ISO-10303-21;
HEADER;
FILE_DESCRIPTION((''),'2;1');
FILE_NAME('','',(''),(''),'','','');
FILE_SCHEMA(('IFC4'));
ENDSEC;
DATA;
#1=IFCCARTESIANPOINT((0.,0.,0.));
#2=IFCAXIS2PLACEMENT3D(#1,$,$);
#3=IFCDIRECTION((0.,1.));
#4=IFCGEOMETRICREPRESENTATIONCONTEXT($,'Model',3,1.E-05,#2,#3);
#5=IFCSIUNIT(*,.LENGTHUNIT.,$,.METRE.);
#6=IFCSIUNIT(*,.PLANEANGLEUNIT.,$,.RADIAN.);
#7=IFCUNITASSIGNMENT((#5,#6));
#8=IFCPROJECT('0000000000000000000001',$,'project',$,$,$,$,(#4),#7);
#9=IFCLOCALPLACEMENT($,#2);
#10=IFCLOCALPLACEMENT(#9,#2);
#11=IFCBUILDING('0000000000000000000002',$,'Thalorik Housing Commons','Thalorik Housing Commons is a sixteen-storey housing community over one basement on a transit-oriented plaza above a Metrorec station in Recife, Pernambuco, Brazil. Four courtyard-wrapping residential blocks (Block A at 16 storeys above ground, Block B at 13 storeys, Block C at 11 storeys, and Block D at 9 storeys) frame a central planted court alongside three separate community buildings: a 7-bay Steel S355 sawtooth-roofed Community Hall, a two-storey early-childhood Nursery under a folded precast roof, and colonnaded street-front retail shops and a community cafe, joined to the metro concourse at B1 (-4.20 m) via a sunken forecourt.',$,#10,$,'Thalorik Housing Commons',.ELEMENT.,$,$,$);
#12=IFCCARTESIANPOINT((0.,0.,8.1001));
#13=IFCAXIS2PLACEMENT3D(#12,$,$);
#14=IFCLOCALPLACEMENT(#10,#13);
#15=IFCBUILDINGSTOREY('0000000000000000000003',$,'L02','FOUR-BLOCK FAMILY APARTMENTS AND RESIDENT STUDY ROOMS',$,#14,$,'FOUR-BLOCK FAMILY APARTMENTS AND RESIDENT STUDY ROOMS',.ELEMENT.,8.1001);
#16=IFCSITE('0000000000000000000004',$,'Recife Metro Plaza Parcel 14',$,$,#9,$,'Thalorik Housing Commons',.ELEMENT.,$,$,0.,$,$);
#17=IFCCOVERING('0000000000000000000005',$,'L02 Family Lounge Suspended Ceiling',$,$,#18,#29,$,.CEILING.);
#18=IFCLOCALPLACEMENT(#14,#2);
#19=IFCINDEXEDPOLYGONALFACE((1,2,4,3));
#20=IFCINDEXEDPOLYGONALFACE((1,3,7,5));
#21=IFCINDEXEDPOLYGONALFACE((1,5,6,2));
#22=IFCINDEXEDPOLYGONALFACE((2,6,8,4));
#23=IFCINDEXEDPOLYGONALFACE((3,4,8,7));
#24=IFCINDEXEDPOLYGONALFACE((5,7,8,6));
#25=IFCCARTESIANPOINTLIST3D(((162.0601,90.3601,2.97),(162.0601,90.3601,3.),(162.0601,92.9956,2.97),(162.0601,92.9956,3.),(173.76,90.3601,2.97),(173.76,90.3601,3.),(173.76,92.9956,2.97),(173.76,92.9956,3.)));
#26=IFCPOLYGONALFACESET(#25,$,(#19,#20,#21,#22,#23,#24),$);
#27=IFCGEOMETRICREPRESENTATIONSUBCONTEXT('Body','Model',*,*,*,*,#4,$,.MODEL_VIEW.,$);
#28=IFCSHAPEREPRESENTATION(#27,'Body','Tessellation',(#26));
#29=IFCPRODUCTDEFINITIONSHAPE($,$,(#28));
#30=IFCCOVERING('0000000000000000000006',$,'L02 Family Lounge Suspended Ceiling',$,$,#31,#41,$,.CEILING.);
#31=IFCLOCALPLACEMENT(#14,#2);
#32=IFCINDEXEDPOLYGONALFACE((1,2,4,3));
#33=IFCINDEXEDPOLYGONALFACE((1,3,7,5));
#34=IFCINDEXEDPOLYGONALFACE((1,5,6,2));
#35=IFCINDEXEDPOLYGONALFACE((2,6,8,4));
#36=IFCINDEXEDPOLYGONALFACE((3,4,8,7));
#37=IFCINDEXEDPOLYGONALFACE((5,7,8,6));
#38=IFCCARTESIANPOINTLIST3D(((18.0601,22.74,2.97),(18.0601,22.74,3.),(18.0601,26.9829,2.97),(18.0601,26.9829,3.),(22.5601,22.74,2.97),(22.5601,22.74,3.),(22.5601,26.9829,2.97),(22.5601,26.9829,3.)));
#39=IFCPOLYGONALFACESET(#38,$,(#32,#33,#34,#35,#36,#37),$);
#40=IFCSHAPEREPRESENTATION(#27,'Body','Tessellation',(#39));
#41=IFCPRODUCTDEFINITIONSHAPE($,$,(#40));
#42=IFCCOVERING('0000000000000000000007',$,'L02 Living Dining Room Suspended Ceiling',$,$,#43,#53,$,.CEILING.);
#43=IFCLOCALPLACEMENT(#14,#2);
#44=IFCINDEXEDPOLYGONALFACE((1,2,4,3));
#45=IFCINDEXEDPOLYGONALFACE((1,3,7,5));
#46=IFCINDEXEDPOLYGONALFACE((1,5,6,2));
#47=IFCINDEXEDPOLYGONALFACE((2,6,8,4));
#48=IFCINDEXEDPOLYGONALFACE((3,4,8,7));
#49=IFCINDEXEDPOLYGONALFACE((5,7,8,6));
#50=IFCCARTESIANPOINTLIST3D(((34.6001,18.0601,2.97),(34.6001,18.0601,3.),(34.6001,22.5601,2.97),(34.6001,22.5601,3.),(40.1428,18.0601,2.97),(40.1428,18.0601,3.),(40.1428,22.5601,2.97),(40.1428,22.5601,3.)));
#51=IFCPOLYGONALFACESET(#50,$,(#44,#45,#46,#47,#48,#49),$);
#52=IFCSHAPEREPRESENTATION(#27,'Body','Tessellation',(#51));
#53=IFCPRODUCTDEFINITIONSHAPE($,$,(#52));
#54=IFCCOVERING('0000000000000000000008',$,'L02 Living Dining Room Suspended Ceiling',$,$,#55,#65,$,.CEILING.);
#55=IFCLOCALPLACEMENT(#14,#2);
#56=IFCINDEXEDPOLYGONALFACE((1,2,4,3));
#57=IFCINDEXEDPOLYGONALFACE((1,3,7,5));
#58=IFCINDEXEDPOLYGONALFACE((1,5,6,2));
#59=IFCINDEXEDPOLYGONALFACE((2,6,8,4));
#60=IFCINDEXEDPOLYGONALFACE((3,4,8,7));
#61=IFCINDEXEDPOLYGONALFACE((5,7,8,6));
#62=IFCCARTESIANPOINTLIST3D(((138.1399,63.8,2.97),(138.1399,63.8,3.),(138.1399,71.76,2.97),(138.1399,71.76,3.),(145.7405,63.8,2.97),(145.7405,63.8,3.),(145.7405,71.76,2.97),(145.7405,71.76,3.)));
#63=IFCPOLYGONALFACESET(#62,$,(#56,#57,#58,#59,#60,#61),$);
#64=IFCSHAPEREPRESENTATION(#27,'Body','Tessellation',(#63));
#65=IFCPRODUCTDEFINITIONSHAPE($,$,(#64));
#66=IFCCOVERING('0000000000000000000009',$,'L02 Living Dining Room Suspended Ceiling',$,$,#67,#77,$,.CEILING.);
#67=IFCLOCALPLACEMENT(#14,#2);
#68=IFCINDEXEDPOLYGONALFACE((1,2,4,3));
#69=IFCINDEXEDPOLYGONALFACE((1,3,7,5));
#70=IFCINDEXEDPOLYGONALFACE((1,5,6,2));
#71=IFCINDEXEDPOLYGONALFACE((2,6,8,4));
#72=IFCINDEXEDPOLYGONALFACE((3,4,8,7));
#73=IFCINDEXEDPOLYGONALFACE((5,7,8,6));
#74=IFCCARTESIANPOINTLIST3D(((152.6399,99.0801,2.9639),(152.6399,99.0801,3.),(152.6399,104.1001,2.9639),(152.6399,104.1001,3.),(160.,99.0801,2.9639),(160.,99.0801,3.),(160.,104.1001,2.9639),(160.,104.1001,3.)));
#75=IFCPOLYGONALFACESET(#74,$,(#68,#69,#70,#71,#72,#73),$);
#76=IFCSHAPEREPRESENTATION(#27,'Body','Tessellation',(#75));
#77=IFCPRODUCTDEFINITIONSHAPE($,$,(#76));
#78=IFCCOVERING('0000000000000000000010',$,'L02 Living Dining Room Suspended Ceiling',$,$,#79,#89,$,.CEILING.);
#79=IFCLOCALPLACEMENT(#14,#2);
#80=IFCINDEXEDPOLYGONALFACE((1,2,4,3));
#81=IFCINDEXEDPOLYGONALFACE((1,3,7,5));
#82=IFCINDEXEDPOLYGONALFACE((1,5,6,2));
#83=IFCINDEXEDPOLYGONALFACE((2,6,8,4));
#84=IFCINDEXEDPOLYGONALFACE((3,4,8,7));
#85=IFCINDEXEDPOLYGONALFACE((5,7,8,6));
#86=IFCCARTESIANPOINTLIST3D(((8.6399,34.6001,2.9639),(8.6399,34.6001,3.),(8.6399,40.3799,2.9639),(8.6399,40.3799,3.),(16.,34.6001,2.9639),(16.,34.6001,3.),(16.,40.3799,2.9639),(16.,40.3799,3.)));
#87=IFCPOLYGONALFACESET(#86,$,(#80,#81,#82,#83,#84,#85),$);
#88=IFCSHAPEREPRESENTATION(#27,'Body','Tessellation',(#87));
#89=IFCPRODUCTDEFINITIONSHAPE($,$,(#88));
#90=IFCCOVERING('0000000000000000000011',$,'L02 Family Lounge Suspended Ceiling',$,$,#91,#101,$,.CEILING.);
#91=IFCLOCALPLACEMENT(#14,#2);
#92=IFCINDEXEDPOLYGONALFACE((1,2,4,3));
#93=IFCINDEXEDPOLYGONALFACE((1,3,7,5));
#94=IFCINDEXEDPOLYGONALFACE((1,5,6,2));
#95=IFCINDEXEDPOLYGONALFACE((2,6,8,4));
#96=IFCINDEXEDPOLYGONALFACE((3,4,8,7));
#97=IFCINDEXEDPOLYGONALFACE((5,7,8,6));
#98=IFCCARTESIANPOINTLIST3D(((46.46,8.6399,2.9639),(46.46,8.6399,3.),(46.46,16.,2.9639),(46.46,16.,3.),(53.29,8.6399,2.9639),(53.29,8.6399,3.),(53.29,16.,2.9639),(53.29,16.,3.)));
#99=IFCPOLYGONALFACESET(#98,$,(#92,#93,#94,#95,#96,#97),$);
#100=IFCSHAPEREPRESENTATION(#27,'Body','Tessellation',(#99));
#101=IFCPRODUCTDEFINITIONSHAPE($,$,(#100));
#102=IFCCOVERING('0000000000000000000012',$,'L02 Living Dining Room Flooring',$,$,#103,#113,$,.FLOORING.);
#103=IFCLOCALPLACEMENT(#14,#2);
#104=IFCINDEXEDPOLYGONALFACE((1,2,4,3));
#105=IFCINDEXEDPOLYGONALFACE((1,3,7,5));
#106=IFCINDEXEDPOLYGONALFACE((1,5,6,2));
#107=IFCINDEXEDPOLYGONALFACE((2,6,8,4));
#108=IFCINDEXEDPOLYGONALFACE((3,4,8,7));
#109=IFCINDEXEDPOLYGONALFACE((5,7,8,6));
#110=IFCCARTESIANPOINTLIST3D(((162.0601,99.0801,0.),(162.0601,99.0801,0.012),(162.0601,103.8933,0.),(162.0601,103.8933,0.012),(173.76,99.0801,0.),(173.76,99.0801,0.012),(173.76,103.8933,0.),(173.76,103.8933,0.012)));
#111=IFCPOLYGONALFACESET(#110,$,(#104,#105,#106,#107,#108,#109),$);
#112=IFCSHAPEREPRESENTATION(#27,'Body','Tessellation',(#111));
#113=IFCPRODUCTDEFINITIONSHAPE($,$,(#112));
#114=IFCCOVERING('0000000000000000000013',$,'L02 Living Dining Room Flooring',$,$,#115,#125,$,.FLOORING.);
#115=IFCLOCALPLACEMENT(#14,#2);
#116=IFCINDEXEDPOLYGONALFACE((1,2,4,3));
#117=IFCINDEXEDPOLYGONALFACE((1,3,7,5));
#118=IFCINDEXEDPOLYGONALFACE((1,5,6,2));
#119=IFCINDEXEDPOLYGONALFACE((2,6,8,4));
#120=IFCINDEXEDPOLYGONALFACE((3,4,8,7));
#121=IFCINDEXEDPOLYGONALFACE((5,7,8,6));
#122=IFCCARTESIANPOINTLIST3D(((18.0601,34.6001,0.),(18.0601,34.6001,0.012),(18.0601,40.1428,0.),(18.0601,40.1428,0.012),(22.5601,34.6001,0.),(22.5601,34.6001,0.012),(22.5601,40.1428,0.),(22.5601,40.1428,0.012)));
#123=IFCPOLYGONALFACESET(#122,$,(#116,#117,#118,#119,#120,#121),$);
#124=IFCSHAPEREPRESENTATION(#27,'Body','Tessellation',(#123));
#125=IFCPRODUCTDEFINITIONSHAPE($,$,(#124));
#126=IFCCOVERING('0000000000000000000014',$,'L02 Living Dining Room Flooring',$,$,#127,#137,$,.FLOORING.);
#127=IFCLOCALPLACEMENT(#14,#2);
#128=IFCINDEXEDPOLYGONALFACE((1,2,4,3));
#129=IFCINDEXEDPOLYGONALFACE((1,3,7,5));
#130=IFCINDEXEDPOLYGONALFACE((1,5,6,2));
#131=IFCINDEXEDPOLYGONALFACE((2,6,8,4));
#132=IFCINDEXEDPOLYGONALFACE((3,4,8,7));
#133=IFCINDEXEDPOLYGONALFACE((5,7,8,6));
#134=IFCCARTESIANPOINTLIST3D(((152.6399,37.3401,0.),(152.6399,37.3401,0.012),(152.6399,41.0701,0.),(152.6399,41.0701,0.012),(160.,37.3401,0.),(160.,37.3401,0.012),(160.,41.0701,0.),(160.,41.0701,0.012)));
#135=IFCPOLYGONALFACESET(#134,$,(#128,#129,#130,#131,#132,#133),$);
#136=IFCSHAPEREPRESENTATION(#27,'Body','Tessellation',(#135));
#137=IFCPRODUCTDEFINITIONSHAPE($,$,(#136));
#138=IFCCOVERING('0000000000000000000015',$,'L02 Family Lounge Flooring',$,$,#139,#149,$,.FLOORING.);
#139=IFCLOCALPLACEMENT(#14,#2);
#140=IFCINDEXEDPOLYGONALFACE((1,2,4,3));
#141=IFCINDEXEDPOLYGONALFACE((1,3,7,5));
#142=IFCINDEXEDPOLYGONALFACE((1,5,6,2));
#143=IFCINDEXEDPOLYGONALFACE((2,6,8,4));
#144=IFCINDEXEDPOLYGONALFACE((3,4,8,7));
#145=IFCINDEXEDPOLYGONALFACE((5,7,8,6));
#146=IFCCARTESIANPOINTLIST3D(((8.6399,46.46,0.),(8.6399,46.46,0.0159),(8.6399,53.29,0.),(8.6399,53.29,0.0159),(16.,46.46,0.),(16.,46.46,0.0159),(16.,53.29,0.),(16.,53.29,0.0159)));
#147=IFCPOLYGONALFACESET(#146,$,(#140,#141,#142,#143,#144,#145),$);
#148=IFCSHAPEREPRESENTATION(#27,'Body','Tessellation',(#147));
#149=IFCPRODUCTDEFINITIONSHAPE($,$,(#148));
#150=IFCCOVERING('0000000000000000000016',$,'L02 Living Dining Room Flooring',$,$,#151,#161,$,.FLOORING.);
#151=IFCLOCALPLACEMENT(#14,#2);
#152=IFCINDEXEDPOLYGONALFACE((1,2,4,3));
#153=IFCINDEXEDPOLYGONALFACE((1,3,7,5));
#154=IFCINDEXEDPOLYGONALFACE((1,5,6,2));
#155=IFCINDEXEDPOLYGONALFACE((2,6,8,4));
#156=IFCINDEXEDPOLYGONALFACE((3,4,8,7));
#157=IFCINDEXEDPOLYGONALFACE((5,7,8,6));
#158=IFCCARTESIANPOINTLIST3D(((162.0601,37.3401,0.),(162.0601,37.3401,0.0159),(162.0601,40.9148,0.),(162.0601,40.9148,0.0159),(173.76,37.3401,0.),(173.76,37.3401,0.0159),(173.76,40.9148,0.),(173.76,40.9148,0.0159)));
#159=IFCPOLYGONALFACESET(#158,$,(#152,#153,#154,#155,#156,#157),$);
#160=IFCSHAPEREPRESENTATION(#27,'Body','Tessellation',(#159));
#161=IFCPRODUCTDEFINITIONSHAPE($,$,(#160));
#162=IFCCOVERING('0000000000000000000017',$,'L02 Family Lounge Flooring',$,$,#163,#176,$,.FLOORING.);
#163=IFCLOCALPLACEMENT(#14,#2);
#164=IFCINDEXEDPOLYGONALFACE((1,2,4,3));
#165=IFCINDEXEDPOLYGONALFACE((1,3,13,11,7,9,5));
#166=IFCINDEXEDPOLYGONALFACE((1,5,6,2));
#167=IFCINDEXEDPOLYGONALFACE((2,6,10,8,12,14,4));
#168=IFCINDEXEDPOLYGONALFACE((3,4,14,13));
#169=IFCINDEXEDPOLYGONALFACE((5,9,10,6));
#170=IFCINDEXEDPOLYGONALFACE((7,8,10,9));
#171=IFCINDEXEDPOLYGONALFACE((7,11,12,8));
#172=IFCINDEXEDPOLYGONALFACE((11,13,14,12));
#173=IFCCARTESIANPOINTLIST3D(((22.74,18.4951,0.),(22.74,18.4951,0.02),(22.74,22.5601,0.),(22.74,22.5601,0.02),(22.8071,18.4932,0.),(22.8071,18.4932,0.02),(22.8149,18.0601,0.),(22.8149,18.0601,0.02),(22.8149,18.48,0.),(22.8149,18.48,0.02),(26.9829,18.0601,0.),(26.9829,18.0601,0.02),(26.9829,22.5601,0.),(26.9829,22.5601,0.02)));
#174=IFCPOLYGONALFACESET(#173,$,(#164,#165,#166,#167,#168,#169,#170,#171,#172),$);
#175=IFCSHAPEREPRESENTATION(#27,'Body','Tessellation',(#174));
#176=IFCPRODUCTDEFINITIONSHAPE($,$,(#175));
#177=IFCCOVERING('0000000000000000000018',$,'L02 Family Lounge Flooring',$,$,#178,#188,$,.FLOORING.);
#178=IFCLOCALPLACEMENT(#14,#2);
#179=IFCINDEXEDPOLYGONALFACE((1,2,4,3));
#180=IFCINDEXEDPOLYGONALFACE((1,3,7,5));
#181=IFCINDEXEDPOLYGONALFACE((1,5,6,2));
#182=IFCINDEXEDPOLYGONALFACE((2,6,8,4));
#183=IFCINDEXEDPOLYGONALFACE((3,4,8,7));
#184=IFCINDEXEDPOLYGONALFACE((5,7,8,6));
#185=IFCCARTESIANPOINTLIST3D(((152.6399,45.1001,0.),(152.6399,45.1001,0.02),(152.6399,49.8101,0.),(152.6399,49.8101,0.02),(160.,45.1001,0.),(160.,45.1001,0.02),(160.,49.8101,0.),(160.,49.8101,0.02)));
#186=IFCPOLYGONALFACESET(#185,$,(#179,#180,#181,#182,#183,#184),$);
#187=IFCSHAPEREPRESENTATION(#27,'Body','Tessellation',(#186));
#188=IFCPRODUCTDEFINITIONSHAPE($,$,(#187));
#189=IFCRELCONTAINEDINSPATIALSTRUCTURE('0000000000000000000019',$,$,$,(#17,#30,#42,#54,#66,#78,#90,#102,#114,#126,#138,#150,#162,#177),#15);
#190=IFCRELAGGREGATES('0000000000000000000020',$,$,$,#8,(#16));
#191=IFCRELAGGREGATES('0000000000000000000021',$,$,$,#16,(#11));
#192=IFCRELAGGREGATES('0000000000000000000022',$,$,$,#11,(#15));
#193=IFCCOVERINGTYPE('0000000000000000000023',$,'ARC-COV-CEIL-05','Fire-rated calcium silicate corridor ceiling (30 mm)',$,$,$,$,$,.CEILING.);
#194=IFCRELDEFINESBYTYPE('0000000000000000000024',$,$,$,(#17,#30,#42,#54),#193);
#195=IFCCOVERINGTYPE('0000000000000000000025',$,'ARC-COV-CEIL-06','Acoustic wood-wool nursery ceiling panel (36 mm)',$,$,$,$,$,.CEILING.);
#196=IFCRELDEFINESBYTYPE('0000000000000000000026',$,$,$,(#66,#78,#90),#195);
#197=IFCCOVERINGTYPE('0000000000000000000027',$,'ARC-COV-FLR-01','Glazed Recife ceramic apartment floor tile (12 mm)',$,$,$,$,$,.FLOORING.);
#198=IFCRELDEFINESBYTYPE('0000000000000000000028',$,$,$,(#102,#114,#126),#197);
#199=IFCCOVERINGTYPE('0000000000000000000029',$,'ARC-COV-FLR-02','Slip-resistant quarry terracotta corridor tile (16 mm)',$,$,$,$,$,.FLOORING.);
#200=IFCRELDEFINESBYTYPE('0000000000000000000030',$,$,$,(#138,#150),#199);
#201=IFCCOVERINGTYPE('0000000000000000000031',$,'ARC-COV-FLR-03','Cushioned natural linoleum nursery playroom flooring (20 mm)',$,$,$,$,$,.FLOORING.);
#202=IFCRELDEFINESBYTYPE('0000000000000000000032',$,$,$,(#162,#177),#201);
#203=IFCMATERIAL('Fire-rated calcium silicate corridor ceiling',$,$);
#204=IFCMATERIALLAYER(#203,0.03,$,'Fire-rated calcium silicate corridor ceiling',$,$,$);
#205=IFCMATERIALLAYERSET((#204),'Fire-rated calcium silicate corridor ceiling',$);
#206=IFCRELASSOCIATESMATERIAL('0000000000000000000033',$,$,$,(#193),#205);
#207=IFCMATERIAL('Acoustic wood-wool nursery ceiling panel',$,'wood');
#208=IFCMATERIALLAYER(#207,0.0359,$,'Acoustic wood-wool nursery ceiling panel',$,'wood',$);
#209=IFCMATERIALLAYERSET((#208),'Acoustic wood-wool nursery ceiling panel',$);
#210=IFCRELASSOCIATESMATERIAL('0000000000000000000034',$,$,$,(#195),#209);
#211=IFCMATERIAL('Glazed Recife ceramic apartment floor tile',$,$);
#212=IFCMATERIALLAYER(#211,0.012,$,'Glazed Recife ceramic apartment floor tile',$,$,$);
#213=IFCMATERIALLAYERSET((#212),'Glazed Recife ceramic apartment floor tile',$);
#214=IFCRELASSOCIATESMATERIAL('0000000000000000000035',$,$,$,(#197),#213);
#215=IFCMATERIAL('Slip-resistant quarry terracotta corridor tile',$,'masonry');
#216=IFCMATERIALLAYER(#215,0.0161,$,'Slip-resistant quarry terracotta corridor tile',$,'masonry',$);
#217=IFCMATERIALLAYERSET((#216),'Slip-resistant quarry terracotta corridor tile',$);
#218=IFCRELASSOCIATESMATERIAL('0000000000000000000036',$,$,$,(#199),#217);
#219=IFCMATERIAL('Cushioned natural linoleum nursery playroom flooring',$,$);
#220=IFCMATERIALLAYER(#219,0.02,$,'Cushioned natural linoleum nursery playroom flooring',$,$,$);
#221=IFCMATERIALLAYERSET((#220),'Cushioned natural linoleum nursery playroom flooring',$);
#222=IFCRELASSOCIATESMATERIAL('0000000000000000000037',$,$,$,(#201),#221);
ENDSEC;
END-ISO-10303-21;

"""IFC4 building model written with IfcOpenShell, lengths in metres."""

from ifc_helpers import new_model, si_unit, direction, frame, origin, place, context, subcontext, project, spatial, polyline, outline, extrude, material, layer, layer_set, type_object, element, save


model = new_model("IFC4")

# Units and contexts
model_context = context("Model", 3, precision=1e-05, world=origin(), true_north=direction((0.0, 1.0)))
body_context = subcontext(model_context, "Body", "Model", "MODEL_VIEW")
ifc_project = project(units=[si_unit("LENGTHUNIT", "METRE"), si_unit("PLANEANGLEUNIT", "RADIAN")], contexts=[model_context])

# Site, building, storey
site_placement = place(None, origin())
site = spatial("IfcSite", under=ifc_project, at=site_placement, Name="Recife Metro Plaza Parcel 14", LongName="Thalorik Housing Commons", CompositionType="ELEMENT", RefElevation=0.0)
building_placement = place(site_placement, origin())
building = spatial("IfcBuilding", under=site, at=building_placement, Name="Thalorik Housing Commons", Description="Thalorik Housing Commons is a sixteen-storey housing community over one basement on a transit-oriented plaza above a Metrorec station in Recife, Pernambuco, Brazil. Four courtyard-wrapping residential blocks (Block A at 16 storeys above ground, Block B at 13 storeys, Block C at 11 storeys, and Block D at 9 storeys) frame a central planted court alongside three separate community buildings: a 7-bay Steel S355 sawtooth-roofed Community Hall, a two-storey early-childhood Nursery under a folded precast roof, and colonnaded street-front retail shops and a community cafe, joined to the metro concourse at B1 (-4.20 m) via a sunken forecourt.", LongName="Thalorik Housing Commons", CompositionType="ELEMENT")
storey_placement = place(building_placement, frame((0.0, 0.0, 8.1001)))
storey = spatial("IfcBuildingStorey", under=building, at=storey_placement, Name="L02", Description="FOUR-BLOCK FAMILY APARTMENTS AND RESIDENT STUDY ROOMS", LongName="FOUR-BLOCK FAMILY APARTMENTS AND RESIDENT STUDY ROOMS", CompositionType="ELEMENT", Elevation=8.1001)

# Coverings
ifc_material_1 = material(Name="Fire-rated calcium silicate corridor ceiling")
ifc_layer_1 = layer(ifc_material_1, 0.03, Name="Fire-rated calcium silicate corridor ceiling")
ifc_layer_set_1 = layer_set([ifc_layer_1], Name="Fire-rated calcium silicate corridor ceiling")
covering_type_1 = type_object("IfcCoveringType", Name="ARC-COV-CEIL-05", Description="Fire-rated calcium silicate corridor ceiling (30 mm)", PredefinedType="CEILING", material=ifc_layer_set_1)
covering_1_placement = place(storey_placement, frame((0.0, 0.0, 2.97)))
element("IfcCovering", 1, at=covering_1_placement, inside=storey, type_object=covering_type_1, Name="L02 Family Lounge Suspended Ceiling", PredefinedType="CEILING", context=body_context, shape_type="SweptSolid", body=[
    extrude(outline(polyline([(173.76, 92.9956), (162.0601, 92.9956), (162.0601, 90.3601), (173.76, 90.3601), (173.76, 92.9956)])), origin(), (0.0, 0.0, 1.0), 0.03),
])
covering_2_placement = place(storey_placement, frame((0.0, 0.0, 2.97)))
element("IfcCovering", 2, at=covering_2_placement, inside=storey, type_object=covering_type_1, Name="L02 Family Lounge Suspended Ceiling", PredefinedType="CEILING", context=body_context, shape_type="SweptSolid", body=[
    extrude(outline(polyline([(22.5601, 26.9829), (18.0601, 26.9829), (18.0601, 22.74), (22.5601, 22.74), (22.5601, 26.9829)])), origin(), (0.0, 0.0, 1.0), 0.03),
])
covering_3_placement = place(storey_placement, frame((0.0, 0.0, 2.97)))
element("IfcCovering", 3, at=covering_3_placement, inside=storey, type_object=covering_type_1, Name="L02 Living Dining Room Suspended Ceiling", PredefinedType="CEILING", context=body_context, shape_type="SweptSolid", body=[
    extrude(outline(polyline([(40.1428, 18.0601), (40.1428, 22.5601), (34.6001, 22.5601), (34.6001, 18.0601), (40.1428, 18.0601)])), origin(), (0.0, 0.0, 1.0), 0.03),
])
covering_4_placement = place(storey_placement, frame((0.0, 0.0, 2.97)))
element("IfcCovering", 4, at=covering_4_placement, inside=storey, type_object=covering_type_1, Name="L02 Living Dining Room Suspended Ceiling", PredefinedType="CEILING", context=body_context, shape_type="SweptSolid", body=[
    extrude(outline(polyline([(145.7405, 63.8), (145.7405, 71.76), (138.1399, 71.76), (138.1399, 63.8), (145.7405, 63.8)])), origin(), (0.0, 0.0, 1.0), 0.03),
])
ifc_material_2 = material(Name="Acoustic wood-wool nursery ceiling panel", Category="wood")
ifc_layer_2 = layer(ifc_material_2, 0.0359, Name="Acoustic wood-wool nursery ceiling panel", Category="wood")
ifc_layer_set_2 = layer_set([ifc_layer_2], Name="Acoustic wood-wool nursery ceiling panel")
covering_type_2 = type_object("IfcCoveringType", Name="ARC-COV-CEIL-06", Description="Acoustic wood-wool nursery ceiling panel (36 mm)", PredefinedType="CEILING", material=ifc_layer_set_2)
covering_5_placement = place(storey_placement, frame((0.0, 0.0, 2.9639)))
element("IfcCovering", 5, at=covering_5_placement, inside=storey, type_object=covering_type_2, Name="L02 Living Dining Room Suspended Ceiling", PredefinedType="CEILING", context=body_context, shape_type="SweptSolid", body=[
    extrude(outline(polyline([(160.0, 104.1001), (152.6399, 104.1001), (152.6399, 99.0801), (160.0, 99.0801), (160.0, 104.1001)])), origin(), (0.0, 0.0, 1.0), 0.0361),
])
covering_6_placement = place(storey_placement, frame((0.0, 0.0, 2.9639)))
element("IfcCovering", 6, at=covering_6_placement, inside=storey, type_object=covering_type_2, Name="L02 Living Dining Room Suspended Ceiling", PredefinedType="CEILING", context=body_context, shape_type="SweptSolid", body=[
    extrude(outline(polyline([(16.0, 40.3799), (8.6399, 40.3799), (8.6399, 34.6001), (16.0, 34.6001), (16.0, 40.3799)])), origin(), (0.0, 0.0, 1.0), 0.0361),
])
covering_7_placement = place(storey_placement, frame((0.0, 0.0, 2.9639)))
element("IfcCovering", 7, at=covering_7_placement, inside=storey, type_object=covering_type_2, Name="L02 Family Lounge Suspended Ceiling", PredefinedType="CEILING", context=body_context, shape_type="SweptSolid", body=[
    extrude(outline(polyline([(53.29, 8.6399), (53.29, 16.0), (46.46, 16.0), (46.46, 8.6399), (53.29, 8.6399)])), origin(), (0.0, 0.0, 1.0), 0.0361),
])
ifc_material_3 = material(Name="Glazed Recife ceramic apartment floor tile")
ifc_layer_3 = layer(ifc_material_3, 0.012, Name="Glazed Recife ceramic apartment floor tile")
ifc_layer_set_3 = layer_set([ifc_layer_3], Name="Glazed Recife ceramic apartment floor tile")
covering_type_3 = type_object("IfcCoveringType", Name="ARC-COV-FLR-01", Description="Glazed Recife ceramic apartment floor tile (12 mm)", PredefinedType="FLOORING", material=ifc_layer_set_3)
covering_8_placement = place(storey_placement, origin())
element("IfcCovering", 8, at=covering_8_placement, inside=storey, type_object=covering_type_3, Name="L02 Living Dining Room Flooring", PredefinedType="FLOORING", context=body_context, shape_type="SweptSolid", body=[
    extrude(outline(polyline([(173.76, 103.8933), (162.0601, 103.8933), (162.0601, 99.0801), (173.76, 99.0801), (173.76, 103.8933)])), origin(), (0.0, 0.0, 1.0), 0.012),
])
covering_9_placement = place(storey_placement, origin())
element("IfcCovering", 9, at=covering_9_placement, inside=storey, type_object=covering_type_3, Name="L02 Living Dining Room Flooring", PredefinedType="FLOORING", context=body_context, shape_type="SweptSolid", body=[
    extrude(outline(polyline([(22.5601, 40.1428), (18.0601, 40.1428), (18.0601, 34.6001), (22.5601, 34.6001), (22.5601, 40.1428)])), origin(), (0.0, 0.0, 1.0), 0.012),
])
covering_10_placement = place(storey_placement, origin())
element("IfcCovering", 10, at=covering_10_placement, inside=storey, type_object=covering_type_3, Name="L02 Living Dining Room Flooring", PredefinedType="FLOORING", context=body_context, shape_type="SweptSolid", body=[
    extrude(outline(polyline([(160.0, 41.0701), (152.6399, 41.0701), (152.6399, 37.3401), (160.0, 37.3401), (160.0, 41.0701)])), origin(), (0.0, 0.0, 1.0), 0.012),
])
ifc_material_4 = material(Name="Slip-resistant quarry terracotta corridor tile", Category="masonry")
ifc_layer_4 = layer(ifc_material_4, 0.0161, Name="Slip-resistant quarry terracotta corridor tile", Category="masonry")
ifc_layer_set_4 = layer_set([ifc_layer_4], Name="Slip-resistant quarry terracotta corridor tile")
covering_type_4 = type_object("IfcCoveringType", Name="ARC-COV-FLR-02", Description="Slip-resistant quarry terracotta corridor tile (16 mm)", PredefinedType="FLOORING", material=ifc_layer_set_4)
covering_11_placement = place(storey_placement, origin())
element("IfcCovering", 11, at=covering_11_placement, inside=storey, type_object=covering_type_4, Name="L02 Family Lounge Flooring", PredefinedType="FLOORING", context=body_context, shape_type="SweptSolid", body=[
    extrude(outline(polyline([(16.0, 53.29), (8.6399, 53.29), (8.6399, 46.46), (16.0, 46.46), (16.0, 53.29)])), origin(), (0.0, 0.0, 1.0), 0.0159),
])
covering_12_placement = place(storey_placement, origin())
element("IfcCovering", 12, at=covering_12_placement, inside=storey, type_object=covering_type_4, Name="L02 Living Dining Room Flooring", PredefinedType="FLOORING", context=body_context, shape_type="SweptSolid", body=[
    extrude(outline(polyline([(173.76, 40.9148), (162.0601, 40.9148), (162.0601, 37.3401), (173.76, 37.3401), (173.76, 40.9148)])), origin(), (0.0, 0.0, 1.0), 0.0159),
])
ifc_material_5 = material(Name="Cushioned natural linoleum nursery playroom flooring")
ifc_layer_5 = layer(ifc_material_5, 0.02, Name="Cushioned natural linoleum nursery playroom flooring")
ifc_layer_set_5 = layer_set([ifc_layer_5], Name="Cushioned natural linoleum nursery playroom flooring")
covering_type_5 = type_object("IfcCoveringType", Name="ARC-COV-FLR-03", Description="Cushioned natural linoleum nursery playroom flooring (20 mm)", PredefinedType="FLOORING", material=ifc_layer_set_5)
covering_13_placement = place(storey_placement, origin())
element("IfcCovering", 13, at=covering_13_placement, inside=storey, type_object=covering_type_5, Name="L02 Family Lounge Flooring", PredefinedType="FLOORING", context=body_context, shape_type="SweptSolid", body=[
    extrude(outline(polyline([(22.74, 18.4951), (22.8071, 18.4932), (22.8149, 18.48), (22.8149, 18.0601), (26.9829, 18.0601), (26.9829, 22.5601), (22.74, 22.5601), (22.74, 18.4951)])), origin(), (0.0, 0.0, 1.0), 0.02),
])
covering_14_placement = place(storey_placement, origin())
element("IfcCovering", 14, at=covering_14_placement, inside=storey, type_object=covering_type_5, Name="L02 Family Lounge Flooring", PredefinedType="FLOORING", context=body_context, shape_type="SweptSolid", body=[
    extrude(outline(polyline([(160.0, 49.8101), (152.6399, 49.8101), (152.6399, 45.1001), (160.0, 45.1001), (160.0, 49.8101)])), origin(), (0.0, 0.0, 1.0), 0.02),
])

save(model, "model.ifc")
